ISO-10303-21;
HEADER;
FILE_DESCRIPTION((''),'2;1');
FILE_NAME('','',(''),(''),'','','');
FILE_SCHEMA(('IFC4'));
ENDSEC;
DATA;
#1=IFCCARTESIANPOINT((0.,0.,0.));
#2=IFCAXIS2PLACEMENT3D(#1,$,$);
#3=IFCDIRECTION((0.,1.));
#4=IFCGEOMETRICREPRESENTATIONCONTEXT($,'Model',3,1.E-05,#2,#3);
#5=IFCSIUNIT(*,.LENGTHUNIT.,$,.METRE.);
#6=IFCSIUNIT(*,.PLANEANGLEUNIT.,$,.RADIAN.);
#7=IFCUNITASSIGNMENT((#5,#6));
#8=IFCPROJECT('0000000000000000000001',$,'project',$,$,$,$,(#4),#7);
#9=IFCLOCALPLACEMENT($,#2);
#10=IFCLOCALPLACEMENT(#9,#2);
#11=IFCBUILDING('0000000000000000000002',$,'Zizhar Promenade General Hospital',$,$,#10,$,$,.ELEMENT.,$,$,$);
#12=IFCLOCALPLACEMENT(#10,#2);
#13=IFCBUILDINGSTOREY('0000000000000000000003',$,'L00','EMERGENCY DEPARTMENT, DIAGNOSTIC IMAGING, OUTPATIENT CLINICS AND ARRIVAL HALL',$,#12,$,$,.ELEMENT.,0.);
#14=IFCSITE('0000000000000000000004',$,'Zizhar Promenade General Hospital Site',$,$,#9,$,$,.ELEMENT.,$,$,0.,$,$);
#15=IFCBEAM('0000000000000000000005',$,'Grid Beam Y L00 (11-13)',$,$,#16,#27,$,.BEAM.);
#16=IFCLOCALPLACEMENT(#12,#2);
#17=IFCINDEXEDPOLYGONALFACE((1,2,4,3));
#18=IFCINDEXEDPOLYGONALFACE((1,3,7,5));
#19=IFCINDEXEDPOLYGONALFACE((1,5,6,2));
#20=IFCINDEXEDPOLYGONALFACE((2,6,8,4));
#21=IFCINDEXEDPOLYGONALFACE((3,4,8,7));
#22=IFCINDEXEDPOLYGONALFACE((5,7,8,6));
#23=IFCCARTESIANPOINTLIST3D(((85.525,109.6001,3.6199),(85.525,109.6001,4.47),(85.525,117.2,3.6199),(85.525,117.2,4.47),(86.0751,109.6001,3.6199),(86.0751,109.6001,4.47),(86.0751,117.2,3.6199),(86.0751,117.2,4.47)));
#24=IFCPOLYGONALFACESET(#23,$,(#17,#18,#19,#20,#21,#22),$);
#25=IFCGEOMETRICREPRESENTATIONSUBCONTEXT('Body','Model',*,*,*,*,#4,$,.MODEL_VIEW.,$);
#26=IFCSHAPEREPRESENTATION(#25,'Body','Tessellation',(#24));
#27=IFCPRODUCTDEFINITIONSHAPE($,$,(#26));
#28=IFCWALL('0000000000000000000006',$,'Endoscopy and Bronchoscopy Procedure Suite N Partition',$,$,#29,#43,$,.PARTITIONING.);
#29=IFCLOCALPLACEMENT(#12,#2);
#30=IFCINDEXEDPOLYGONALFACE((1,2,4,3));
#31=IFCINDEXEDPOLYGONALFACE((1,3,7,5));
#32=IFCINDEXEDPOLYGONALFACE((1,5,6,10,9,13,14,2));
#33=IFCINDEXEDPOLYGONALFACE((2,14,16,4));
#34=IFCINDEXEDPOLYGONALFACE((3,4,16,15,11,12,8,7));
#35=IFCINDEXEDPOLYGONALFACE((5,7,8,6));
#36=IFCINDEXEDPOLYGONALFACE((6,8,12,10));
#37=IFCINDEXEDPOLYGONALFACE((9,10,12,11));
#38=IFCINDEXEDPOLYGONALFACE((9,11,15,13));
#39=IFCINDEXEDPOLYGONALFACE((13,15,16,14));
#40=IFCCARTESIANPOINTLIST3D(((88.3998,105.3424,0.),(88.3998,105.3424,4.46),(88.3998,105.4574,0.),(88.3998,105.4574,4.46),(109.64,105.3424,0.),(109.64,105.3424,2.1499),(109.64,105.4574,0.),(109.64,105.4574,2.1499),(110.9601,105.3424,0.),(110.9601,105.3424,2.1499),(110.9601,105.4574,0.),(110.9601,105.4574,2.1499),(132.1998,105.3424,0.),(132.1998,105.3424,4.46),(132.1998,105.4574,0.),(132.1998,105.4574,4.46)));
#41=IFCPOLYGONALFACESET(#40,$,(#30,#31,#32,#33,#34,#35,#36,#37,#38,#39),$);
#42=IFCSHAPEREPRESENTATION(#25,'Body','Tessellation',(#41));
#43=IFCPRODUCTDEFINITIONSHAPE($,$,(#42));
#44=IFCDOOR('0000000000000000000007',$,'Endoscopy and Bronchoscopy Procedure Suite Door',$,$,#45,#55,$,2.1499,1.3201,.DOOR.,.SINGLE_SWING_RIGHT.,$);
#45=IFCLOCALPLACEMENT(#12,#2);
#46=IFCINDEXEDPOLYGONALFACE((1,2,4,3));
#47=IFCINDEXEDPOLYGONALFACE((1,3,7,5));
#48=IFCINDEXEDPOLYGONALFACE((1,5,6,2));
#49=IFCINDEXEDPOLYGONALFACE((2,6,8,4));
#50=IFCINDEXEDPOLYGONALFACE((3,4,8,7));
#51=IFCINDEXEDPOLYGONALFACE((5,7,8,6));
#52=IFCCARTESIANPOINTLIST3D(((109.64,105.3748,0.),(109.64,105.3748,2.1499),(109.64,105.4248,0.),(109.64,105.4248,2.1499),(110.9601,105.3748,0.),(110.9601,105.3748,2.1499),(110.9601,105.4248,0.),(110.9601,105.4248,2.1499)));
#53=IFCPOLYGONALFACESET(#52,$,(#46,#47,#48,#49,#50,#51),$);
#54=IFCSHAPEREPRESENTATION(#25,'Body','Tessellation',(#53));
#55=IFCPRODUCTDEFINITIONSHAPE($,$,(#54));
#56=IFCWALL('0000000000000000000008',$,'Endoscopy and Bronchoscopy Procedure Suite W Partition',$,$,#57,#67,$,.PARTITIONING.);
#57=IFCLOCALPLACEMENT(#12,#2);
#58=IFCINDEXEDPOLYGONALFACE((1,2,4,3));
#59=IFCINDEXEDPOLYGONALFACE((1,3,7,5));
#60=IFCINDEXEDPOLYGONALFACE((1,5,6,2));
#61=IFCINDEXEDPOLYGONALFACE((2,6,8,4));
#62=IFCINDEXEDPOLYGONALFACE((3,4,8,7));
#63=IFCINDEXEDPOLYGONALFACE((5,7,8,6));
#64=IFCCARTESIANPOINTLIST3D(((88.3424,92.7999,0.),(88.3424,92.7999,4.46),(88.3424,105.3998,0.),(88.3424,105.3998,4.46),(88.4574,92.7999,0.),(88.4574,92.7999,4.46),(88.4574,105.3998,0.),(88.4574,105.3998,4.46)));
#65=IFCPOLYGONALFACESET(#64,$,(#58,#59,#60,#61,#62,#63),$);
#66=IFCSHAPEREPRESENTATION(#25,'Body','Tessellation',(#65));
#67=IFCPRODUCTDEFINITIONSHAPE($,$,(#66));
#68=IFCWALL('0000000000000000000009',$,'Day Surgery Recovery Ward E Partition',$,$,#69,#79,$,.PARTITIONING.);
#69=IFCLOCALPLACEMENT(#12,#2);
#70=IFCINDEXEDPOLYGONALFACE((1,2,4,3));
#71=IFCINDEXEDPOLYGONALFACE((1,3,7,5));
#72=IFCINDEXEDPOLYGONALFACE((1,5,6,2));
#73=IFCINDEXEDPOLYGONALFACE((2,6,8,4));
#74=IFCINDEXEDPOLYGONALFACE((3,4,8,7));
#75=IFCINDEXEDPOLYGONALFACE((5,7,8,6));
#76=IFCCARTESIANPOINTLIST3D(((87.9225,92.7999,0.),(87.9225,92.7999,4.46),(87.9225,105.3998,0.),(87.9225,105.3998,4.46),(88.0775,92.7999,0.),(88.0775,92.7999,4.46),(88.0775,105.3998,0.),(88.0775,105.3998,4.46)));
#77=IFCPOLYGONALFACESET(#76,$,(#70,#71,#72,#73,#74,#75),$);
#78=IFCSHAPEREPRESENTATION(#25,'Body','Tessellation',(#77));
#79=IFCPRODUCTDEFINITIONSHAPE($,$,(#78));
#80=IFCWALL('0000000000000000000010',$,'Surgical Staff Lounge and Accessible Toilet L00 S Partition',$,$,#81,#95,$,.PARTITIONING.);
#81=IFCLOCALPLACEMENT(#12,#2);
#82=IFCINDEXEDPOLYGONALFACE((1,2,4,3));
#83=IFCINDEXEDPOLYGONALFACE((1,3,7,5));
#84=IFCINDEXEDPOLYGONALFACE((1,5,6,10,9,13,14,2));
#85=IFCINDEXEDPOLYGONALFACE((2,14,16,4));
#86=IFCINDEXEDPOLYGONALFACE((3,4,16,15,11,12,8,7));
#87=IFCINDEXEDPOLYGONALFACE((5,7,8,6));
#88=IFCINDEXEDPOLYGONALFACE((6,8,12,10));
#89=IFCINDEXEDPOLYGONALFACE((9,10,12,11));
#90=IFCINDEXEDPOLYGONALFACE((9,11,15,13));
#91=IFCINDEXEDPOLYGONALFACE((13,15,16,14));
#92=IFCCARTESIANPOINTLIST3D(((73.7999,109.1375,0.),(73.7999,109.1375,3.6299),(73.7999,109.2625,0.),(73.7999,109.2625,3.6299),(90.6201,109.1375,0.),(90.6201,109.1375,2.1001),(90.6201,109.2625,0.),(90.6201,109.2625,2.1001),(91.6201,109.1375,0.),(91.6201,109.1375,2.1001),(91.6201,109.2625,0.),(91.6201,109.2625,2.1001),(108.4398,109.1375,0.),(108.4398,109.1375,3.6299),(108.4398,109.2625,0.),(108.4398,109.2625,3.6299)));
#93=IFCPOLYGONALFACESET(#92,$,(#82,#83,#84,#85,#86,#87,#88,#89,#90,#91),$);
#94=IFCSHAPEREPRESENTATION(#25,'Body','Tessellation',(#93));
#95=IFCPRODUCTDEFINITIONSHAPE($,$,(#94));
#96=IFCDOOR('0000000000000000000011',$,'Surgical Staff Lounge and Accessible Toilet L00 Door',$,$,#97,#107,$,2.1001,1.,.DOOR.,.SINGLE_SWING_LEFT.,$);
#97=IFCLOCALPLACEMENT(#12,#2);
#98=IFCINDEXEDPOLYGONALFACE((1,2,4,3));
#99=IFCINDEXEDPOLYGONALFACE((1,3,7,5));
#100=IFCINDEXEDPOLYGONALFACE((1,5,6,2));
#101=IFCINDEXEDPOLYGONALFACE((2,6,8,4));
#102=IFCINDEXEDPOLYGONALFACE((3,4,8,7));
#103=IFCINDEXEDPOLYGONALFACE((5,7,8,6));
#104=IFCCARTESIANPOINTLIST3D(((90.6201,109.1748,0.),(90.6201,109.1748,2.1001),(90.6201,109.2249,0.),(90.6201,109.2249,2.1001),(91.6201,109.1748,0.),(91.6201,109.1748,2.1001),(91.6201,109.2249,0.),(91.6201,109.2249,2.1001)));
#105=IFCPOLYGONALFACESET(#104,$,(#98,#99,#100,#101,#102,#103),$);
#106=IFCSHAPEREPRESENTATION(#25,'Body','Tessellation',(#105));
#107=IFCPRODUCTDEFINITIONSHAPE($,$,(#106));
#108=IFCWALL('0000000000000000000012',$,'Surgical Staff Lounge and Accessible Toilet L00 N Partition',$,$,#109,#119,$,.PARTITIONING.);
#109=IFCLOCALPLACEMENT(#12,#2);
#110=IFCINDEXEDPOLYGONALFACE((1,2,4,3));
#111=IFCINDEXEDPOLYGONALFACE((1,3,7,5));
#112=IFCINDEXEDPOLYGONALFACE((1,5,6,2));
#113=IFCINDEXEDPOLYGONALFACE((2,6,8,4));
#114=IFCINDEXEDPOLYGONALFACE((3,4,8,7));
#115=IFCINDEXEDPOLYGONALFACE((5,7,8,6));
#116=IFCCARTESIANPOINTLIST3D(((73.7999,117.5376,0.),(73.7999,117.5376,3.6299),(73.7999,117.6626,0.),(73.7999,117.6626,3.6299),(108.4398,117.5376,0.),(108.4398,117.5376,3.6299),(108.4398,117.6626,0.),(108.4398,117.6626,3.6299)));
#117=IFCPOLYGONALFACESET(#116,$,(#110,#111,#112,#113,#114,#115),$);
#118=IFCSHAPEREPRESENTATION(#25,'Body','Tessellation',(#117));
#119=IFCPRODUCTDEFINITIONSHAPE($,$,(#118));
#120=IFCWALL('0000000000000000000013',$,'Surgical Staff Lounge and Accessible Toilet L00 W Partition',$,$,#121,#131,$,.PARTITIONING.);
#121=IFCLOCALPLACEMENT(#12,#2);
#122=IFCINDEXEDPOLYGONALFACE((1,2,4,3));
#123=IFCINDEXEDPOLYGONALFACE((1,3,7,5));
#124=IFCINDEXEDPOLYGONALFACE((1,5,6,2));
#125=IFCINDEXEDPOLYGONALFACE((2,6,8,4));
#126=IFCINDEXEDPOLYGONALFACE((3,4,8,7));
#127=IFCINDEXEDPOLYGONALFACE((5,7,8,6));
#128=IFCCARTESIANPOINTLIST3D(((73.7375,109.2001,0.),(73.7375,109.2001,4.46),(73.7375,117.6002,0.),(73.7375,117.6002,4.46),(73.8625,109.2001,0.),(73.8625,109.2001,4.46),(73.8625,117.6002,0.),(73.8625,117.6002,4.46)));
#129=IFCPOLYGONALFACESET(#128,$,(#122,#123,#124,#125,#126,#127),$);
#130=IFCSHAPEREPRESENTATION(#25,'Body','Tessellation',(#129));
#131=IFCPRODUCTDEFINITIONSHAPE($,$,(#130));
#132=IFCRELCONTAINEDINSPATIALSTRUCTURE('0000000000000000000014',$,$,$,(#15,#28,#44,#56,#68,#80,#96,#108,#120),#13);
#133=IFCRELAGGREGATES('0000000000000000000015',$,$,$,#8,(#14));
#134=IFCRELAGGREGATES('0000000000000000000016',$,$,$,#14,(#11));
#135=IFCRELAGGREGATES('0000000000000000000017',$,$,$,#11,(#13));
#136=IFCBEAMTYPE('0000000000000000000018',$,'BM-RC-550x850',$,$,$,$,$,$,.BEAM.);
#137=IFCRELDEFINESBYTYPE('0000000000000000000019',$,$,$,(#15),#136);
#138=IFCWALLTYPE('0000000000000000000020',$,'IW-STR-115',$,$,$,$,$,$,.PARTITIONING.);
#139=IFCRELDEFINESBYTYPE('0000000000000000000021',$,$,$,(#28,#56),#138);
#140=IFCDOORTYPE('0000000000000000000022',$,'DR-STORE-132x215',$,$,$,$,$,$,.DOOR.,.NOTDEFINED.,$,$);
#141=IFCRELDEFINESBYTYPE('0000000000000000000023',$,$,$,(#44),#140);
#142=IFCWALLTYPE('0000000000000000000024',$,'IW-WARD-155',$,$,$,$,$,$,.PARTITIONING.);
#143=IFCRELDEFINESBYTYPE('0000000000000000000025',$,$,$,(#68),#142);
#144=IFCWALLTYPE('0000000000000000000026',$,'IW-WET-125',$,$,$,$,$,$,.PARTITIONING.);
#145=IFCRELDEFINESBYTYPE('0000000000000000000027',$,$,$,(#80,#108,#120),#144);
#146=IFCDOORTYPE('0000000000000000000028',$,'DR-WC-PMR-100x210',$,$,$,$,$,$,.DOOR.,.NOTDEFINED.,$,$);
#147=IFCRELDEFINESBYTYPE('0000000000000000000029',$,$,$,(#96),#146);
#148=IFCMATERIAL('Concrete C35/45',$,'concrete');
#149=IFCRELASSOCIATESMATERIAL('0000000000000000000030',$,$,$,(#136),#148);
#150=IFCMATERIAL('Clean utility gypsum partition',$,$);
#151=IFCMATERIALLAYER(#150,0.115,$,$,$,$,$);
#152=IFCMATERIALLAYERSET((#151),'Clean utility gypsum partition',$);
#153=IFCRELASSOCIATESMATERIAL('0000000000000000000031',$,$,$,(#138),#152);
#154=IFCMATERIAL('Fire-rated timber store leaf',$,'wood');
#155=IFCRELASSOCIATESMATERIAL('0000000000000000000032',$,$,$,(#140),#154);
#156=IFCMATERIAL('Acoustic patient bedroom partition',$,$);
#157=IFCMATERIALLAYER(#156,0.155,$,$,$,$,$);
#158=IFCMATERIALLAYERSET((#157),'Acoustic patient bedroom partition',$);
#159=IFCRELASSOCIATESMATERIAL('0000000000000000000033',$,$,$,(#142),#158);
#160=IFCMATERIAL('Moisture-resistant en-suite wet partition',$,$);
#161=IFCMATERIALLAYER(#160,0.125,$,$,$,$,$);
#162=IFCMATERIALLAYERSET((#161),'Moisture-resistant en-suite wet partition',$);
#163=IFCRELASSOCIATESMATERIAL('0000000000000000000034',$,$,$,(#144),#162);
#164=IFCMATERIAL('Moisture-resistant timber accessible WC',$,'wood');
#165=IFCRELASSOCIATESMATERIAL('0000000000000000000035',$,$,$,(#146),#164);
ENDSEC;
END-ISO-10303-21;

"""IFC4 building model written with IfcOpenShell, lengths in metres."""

from ifc_helpers import new_model, si_unit, direction, frame, frame_2d, origin, origin_2d, place, context, subcontext, project, spatial, rectangle, extrude, material, layer, layer_set, material_profile, profile_set, type_object, element, fill, save


model = new_model("IFC4")

# Units and contexts
model_context = context("Model", 3, precision=1e-05, world=origin(), true_north=direction((0.0, 1.0)))
body_context = subcontext(model_context, "Body", "Model", "MODEL_VIEW")
ifc_project = project(units=[si_unit("LENGTHUNIT", "METRE"), si_unit("PLANEANGLEUNIT", "RADIAN")], contexts=[model_context])

# Site, building, storey
site_placement = place(None, origin())
site = spatial("IfcSite", under=ifc_project, at=site_placement, Name="Zizhar Promenade General Hospital Site", CompositionType="ELEMENT", RefElevation=0.0)
building_placement = place(site_placement, origin())
building = spatial("IfcBuilding", under=site, at=building_placement, Name="Zizhar Promenade General Hospital", CompositionType="ELEMENT")
storey_placement = place(building_placement, origin())
storey = spatial("IfcBuildingStorey", under=building, at=storey_placement, Name="L00", Description="EMERGENCY DEPARTMENT, DIAGNOSTIC IMAGING, OUTPATIENT CLINICS AND ARRIVAL HALL", CompositionType="ELEMENT", Elevation=0.0)

# Beam
ifc_material_1 = material(Name="Concrete C35/45", Category="concrete")
ifc_material_profile_1 = material_profile(ifc_material_1, rectangle(XDim=0.55, YDim=0.8501, at=origin_2d()))
ifc_profile_set_1 = profile_set([ifc_material_profile_1], Name="Concrete C35/45")
beam_type_1 = type_object("IfcBeamType", Name="BM-RC-550x850", PredefinedType="BEAM", material=ifc_profile_set_1)
beam_1_placement = place(storey_placement, frame((85.8, 109.6001, 4.0449), z_axis=(0.0, 1.0, 0.0), x_axis=(-1.0, 0.0, 0.0)))
element("IfcBeam", 1, at=beam_1_placement, inside=storey, type_object=beam_type_1, Name="Grid Beam Y L00 (11-13)", PredefinedType="BEAM", context=body_context, shape_type="SweptSolid", body=[
    extrude(rectangle(XDim=0.55, YDim=0.8501, at=origin_2d()), origin(), (0.0, 0.0, 1.0), 7.5999),
])

# Wall, opening, door
ifc_material_2 = material(Name="Clean utility gypsum partition")
ifc_layer_1 = layer(ifc_material_2, 0.115)
ifc_layer_set_1 = layer_set([ifc_layer_1], Name="Clean utility gypsum partition")
wall_type_1 = type_object("IfcWallType", Name="IW-STR-115", PredefinedType="PARTITIONING", material=ifc_layer_set_1)
wall_1_placement = place(storey_placement, frame((88.3999, 105.3999, 0.0), z_axis=(0.0, 0.0, 1.0), x_axis=(1.0, 0.0, 0.0)))
wall_1 = element("IfcWall", 2, at=wall_1_placement, inside=storey, type_object=wall_type_1, Name="Endoscopy and Bronchoscopy Procedure Suite N Partition", PredefinedType="PARTITIONING", context=body_context, shape_type="SweptSolid", body=[
    extrude(rectangle(XDim=43.8, YDim=0.115, at=frame_2d((21.8999, 0.0))), origin(), (0.0, 0.0, 1.0), 4.46),
])
opening_1_placement = place(wall_1_placement, frame((21.24, 0.0, 0.0)))
opening_1 = element("IfcOpeningElement", 3, at=opening_1_placement, cuts=wall_1, PredefinedType="OPENING", context=body_context, shape_type="SweptSolid", body=[
    extrude(rectangle(XDim=1.3201, YDim=2.1499, at=frame_2d((0.6602, 1.075))), frame((0.0, 0.0674, 0.0), z_axis=(0.0, -1.0, 0.0), x_axis=(1.0, 0.0, 0.0)), (0.0, 0.0, 1.0), 0.135),
])
ifc_material_3 = material(Name="Fire-rated timber store leaf", Category="wood")
door_type_1 = type_object("IfcDoorType", Name="DR-STORE-132x215", OperationType="NOTDEFINED", PredefinedType="DOOR", material=ifc_material_3)
door_1_placement = place(opening_1_placement, origin())
door_1 = element("IfcDoor", 4, at=door_1_placement, inside=storey, type_object=door_type_1, Name="Endoscopy and Bronchoscopy Procedure Suite Door", OperationType="SINGLE_SWING_RIGHT", OverallHeight=2.1499, OverallWidth=1.3201, PredefinedType="DOOR", context=body_context, shape_type="SweptSolid", body=[
    extrude(rectangle(XDim=1.3201, YDim=2.1499, at=frame_2d((0.6602, 1.075))), frame((0.0, 0.0249, 0.0), z_axis=(0.0, -1.0, 0.0), x_axis=(1.0, 0.0, 0.0)), (0.0, 0.0, 1.0), 0.05),
])
fill(opening_1, door_1)

# Walls
wall_2_placement = place(storey_placement, frame((88.3999, 92.8, 0.0), z_axis=(0.0, 0.0, 1.0), x_axis=(0.0, 1.0, 0.0)))
element("IfcWall", 5, at=wall_2_placement, inside=storey, type_object=wall_type_1, Name="Endoscopy and Bronchoscopy Procedure Suite W Partition", PredefinedType="PARTITIONING", context=body_context, shape_type="SweptSolid", body=[
    extrude(rectangle(XDim=12.5999, YDim=0.115, at=frame_2d((6.2998, 0.0))), origin(), (0.0, 0.0, 1.0), 4.46),
])
ifc_material_4 = material(Name="Acoustic patient bedroom partition")
ifc_layer_2 = layer(ifc_material_4, 0.155)
ifc_layer_set_2 = layer_set([ifc_layer_2], Name="Acoustic patient bedroom partition")
wall_type_2 = type_object("IfcWallType", Name="IW-WARD-155", PredefinedType="PARTITIONING", material=ifc_layer_set_2)
wall_3_placement = place(storey_placement, frame((88.0, 92.8, 0.0), z_axis=(0.0, 0.0, 1.0), x_axis=(0.0, 1.0, 0.0)))
element("IfcWall", 6, at=wall_3_placement, inside=storey, type_object=wall_type_2, Name="Day Surgery Recovery Ward E Partition", PredefinedType="PARTITIONING", context=body_context, shape_type="SweptSolid", body=[
    extrude(rectangle(XDim=12.5999, YDim=0.155, at=frame_2d((6.2998, 0.0))), origin(), (0.0, 0.0, 1.0), 4.46),
])

# Wall, opening, door
ifc_material_5 = material(Name="Moisture-resistant en-suite wet partition")
ifc_layer_3 = layer(ifc_material_5, 0.125)
ifc_layer_set_3 = layer_set([ifc_layer_3], Name="Moisture-resistant en-suite wet partition")
wall_type_3 = type_object("IfcWallType", Name="IW-WET-125", PredefinedType="PARTITIONING", material=ifc_layer_set_3)
wall_4_placement = place(storey_placement, frame((73.8, 109.2, 0.0), z_axis=(0.0, 0.0, 1.0), x_axis=(1.0, 0.0, 0.0)))
wall_4 = element("IfcWall", 7, at=wall_4_placement, inside=storey, type_object=wall_type_3, Name="Surgical Staff Lounge and Accessible Toilet L00 S Partition", PredefinedType="PARTITIONING", context=body_context, shape_type="SweptSolid", body=[
    extrude(rectangle(XDim=34.6399, YDim=0.125, at=frame_2d((17.3198, 0.0))), origin(), (0.0, 0.0, 1.0), 3.6299),
])
opening_2_placement = place(wall_4_placement, frame((16.8201, 0.0, 0.0)))
opening_2 = element("IfcOpeningElement", 8, at=opening_2_placement, cuts=wall_4, PredefinedType="OPENING", context=body_context, shape_type="SweptSolid", body=[
    extrude(rectangle(XDim=1.0, YDim=2.1001, at=frame_2d((0.5, 1.05))), frame((0.0, 0.0725, 0.0), z_axis=(0.0, -1.0, 0.0), x_axis=(1.0, 0.0, 0.0)), (0.0, 0.0, 1.0), 0.145),
])
ifc_material_6 = material(Name="Moisture-resistant timber accessible WC", Category="wood")
door_type_2 = type_object("IfcDoorType", Name="DR-WC-PMR-100x210", OperationType="NOTDEFINED", PredefinedType="DOOR", material=ifc_material_6)
door_2_placement = place(opening_2_placement, origin())
door_2 = element("IfcDoor", 9, at=door_2_placement, inside=storey, type_object=door_type_2, Name="Surgical Staff Lounge and Accessible Toilet L00 Door", OperationType="SINGLE_SWING_LEFT", OverallHeight=2.1001, OverallWidth=1.0, PredefinedType="DOOR", context=body_context, shape_type="SweptSolid", body=[
    extrude(rectangle(XDim=1.0, YDim=2.1001, at=frame_2d((0.5, 1.05))), frame((0.0, 0.0249, 0.0), z_axis=(0.0, -1.0, 0.0), x_axis=(1.0, 0.0, 0.0)), (0.0, 0.0, 1.0), 0.05),
])
fill(opening_2, door_2)

# Walls
wall_5_placement = place(storey_placement, frame((73.8, 117.6001, 0.0), z_axis=(0.0, 0.0, 1.0), x_axis=(1.0, 0.0, 0.0)))
element("IfcWall", 10, at=wall_5_placement, inside=storey, type_object=wall_type_3, Name="Surgical Staff Lounge and Accessible Toilet L00 N Partition", PredefinedType="PARTITIONING", context=body_context, shape_type="SweptSolid", body=[
    extrude(rectangle(XDim=34.6399, YDim=0.125, at=frame_2d((17.3198, 0.0))), origin(), (0.0, 0.0, 1.0), 3.6299),
])
wall_6_placement = place(storey_placement, frame((73.8, 109.2, 0.0), z_axis=(0.0, 0.0, 1.0), x_axis=(0.0, 1.0, 0.0)))
element("IfcWall", 11, at=wall_6_placement, inside=storey, type_object=wall_type_3, Name="Surgical Staff Lounge and Accessible Toilet L00 W Partition", PredefinedType="PARTITIONING", context=body_context, shape_type="SweptSolid", body=[
    extrude(rectangle(XDim=8.4001, YDim=0.125, at=frame_2d((4.2002, 0.0))), origin(), (0.0, 0.0, 1.0), 4.46),
])

save(model, "model.ifc")
